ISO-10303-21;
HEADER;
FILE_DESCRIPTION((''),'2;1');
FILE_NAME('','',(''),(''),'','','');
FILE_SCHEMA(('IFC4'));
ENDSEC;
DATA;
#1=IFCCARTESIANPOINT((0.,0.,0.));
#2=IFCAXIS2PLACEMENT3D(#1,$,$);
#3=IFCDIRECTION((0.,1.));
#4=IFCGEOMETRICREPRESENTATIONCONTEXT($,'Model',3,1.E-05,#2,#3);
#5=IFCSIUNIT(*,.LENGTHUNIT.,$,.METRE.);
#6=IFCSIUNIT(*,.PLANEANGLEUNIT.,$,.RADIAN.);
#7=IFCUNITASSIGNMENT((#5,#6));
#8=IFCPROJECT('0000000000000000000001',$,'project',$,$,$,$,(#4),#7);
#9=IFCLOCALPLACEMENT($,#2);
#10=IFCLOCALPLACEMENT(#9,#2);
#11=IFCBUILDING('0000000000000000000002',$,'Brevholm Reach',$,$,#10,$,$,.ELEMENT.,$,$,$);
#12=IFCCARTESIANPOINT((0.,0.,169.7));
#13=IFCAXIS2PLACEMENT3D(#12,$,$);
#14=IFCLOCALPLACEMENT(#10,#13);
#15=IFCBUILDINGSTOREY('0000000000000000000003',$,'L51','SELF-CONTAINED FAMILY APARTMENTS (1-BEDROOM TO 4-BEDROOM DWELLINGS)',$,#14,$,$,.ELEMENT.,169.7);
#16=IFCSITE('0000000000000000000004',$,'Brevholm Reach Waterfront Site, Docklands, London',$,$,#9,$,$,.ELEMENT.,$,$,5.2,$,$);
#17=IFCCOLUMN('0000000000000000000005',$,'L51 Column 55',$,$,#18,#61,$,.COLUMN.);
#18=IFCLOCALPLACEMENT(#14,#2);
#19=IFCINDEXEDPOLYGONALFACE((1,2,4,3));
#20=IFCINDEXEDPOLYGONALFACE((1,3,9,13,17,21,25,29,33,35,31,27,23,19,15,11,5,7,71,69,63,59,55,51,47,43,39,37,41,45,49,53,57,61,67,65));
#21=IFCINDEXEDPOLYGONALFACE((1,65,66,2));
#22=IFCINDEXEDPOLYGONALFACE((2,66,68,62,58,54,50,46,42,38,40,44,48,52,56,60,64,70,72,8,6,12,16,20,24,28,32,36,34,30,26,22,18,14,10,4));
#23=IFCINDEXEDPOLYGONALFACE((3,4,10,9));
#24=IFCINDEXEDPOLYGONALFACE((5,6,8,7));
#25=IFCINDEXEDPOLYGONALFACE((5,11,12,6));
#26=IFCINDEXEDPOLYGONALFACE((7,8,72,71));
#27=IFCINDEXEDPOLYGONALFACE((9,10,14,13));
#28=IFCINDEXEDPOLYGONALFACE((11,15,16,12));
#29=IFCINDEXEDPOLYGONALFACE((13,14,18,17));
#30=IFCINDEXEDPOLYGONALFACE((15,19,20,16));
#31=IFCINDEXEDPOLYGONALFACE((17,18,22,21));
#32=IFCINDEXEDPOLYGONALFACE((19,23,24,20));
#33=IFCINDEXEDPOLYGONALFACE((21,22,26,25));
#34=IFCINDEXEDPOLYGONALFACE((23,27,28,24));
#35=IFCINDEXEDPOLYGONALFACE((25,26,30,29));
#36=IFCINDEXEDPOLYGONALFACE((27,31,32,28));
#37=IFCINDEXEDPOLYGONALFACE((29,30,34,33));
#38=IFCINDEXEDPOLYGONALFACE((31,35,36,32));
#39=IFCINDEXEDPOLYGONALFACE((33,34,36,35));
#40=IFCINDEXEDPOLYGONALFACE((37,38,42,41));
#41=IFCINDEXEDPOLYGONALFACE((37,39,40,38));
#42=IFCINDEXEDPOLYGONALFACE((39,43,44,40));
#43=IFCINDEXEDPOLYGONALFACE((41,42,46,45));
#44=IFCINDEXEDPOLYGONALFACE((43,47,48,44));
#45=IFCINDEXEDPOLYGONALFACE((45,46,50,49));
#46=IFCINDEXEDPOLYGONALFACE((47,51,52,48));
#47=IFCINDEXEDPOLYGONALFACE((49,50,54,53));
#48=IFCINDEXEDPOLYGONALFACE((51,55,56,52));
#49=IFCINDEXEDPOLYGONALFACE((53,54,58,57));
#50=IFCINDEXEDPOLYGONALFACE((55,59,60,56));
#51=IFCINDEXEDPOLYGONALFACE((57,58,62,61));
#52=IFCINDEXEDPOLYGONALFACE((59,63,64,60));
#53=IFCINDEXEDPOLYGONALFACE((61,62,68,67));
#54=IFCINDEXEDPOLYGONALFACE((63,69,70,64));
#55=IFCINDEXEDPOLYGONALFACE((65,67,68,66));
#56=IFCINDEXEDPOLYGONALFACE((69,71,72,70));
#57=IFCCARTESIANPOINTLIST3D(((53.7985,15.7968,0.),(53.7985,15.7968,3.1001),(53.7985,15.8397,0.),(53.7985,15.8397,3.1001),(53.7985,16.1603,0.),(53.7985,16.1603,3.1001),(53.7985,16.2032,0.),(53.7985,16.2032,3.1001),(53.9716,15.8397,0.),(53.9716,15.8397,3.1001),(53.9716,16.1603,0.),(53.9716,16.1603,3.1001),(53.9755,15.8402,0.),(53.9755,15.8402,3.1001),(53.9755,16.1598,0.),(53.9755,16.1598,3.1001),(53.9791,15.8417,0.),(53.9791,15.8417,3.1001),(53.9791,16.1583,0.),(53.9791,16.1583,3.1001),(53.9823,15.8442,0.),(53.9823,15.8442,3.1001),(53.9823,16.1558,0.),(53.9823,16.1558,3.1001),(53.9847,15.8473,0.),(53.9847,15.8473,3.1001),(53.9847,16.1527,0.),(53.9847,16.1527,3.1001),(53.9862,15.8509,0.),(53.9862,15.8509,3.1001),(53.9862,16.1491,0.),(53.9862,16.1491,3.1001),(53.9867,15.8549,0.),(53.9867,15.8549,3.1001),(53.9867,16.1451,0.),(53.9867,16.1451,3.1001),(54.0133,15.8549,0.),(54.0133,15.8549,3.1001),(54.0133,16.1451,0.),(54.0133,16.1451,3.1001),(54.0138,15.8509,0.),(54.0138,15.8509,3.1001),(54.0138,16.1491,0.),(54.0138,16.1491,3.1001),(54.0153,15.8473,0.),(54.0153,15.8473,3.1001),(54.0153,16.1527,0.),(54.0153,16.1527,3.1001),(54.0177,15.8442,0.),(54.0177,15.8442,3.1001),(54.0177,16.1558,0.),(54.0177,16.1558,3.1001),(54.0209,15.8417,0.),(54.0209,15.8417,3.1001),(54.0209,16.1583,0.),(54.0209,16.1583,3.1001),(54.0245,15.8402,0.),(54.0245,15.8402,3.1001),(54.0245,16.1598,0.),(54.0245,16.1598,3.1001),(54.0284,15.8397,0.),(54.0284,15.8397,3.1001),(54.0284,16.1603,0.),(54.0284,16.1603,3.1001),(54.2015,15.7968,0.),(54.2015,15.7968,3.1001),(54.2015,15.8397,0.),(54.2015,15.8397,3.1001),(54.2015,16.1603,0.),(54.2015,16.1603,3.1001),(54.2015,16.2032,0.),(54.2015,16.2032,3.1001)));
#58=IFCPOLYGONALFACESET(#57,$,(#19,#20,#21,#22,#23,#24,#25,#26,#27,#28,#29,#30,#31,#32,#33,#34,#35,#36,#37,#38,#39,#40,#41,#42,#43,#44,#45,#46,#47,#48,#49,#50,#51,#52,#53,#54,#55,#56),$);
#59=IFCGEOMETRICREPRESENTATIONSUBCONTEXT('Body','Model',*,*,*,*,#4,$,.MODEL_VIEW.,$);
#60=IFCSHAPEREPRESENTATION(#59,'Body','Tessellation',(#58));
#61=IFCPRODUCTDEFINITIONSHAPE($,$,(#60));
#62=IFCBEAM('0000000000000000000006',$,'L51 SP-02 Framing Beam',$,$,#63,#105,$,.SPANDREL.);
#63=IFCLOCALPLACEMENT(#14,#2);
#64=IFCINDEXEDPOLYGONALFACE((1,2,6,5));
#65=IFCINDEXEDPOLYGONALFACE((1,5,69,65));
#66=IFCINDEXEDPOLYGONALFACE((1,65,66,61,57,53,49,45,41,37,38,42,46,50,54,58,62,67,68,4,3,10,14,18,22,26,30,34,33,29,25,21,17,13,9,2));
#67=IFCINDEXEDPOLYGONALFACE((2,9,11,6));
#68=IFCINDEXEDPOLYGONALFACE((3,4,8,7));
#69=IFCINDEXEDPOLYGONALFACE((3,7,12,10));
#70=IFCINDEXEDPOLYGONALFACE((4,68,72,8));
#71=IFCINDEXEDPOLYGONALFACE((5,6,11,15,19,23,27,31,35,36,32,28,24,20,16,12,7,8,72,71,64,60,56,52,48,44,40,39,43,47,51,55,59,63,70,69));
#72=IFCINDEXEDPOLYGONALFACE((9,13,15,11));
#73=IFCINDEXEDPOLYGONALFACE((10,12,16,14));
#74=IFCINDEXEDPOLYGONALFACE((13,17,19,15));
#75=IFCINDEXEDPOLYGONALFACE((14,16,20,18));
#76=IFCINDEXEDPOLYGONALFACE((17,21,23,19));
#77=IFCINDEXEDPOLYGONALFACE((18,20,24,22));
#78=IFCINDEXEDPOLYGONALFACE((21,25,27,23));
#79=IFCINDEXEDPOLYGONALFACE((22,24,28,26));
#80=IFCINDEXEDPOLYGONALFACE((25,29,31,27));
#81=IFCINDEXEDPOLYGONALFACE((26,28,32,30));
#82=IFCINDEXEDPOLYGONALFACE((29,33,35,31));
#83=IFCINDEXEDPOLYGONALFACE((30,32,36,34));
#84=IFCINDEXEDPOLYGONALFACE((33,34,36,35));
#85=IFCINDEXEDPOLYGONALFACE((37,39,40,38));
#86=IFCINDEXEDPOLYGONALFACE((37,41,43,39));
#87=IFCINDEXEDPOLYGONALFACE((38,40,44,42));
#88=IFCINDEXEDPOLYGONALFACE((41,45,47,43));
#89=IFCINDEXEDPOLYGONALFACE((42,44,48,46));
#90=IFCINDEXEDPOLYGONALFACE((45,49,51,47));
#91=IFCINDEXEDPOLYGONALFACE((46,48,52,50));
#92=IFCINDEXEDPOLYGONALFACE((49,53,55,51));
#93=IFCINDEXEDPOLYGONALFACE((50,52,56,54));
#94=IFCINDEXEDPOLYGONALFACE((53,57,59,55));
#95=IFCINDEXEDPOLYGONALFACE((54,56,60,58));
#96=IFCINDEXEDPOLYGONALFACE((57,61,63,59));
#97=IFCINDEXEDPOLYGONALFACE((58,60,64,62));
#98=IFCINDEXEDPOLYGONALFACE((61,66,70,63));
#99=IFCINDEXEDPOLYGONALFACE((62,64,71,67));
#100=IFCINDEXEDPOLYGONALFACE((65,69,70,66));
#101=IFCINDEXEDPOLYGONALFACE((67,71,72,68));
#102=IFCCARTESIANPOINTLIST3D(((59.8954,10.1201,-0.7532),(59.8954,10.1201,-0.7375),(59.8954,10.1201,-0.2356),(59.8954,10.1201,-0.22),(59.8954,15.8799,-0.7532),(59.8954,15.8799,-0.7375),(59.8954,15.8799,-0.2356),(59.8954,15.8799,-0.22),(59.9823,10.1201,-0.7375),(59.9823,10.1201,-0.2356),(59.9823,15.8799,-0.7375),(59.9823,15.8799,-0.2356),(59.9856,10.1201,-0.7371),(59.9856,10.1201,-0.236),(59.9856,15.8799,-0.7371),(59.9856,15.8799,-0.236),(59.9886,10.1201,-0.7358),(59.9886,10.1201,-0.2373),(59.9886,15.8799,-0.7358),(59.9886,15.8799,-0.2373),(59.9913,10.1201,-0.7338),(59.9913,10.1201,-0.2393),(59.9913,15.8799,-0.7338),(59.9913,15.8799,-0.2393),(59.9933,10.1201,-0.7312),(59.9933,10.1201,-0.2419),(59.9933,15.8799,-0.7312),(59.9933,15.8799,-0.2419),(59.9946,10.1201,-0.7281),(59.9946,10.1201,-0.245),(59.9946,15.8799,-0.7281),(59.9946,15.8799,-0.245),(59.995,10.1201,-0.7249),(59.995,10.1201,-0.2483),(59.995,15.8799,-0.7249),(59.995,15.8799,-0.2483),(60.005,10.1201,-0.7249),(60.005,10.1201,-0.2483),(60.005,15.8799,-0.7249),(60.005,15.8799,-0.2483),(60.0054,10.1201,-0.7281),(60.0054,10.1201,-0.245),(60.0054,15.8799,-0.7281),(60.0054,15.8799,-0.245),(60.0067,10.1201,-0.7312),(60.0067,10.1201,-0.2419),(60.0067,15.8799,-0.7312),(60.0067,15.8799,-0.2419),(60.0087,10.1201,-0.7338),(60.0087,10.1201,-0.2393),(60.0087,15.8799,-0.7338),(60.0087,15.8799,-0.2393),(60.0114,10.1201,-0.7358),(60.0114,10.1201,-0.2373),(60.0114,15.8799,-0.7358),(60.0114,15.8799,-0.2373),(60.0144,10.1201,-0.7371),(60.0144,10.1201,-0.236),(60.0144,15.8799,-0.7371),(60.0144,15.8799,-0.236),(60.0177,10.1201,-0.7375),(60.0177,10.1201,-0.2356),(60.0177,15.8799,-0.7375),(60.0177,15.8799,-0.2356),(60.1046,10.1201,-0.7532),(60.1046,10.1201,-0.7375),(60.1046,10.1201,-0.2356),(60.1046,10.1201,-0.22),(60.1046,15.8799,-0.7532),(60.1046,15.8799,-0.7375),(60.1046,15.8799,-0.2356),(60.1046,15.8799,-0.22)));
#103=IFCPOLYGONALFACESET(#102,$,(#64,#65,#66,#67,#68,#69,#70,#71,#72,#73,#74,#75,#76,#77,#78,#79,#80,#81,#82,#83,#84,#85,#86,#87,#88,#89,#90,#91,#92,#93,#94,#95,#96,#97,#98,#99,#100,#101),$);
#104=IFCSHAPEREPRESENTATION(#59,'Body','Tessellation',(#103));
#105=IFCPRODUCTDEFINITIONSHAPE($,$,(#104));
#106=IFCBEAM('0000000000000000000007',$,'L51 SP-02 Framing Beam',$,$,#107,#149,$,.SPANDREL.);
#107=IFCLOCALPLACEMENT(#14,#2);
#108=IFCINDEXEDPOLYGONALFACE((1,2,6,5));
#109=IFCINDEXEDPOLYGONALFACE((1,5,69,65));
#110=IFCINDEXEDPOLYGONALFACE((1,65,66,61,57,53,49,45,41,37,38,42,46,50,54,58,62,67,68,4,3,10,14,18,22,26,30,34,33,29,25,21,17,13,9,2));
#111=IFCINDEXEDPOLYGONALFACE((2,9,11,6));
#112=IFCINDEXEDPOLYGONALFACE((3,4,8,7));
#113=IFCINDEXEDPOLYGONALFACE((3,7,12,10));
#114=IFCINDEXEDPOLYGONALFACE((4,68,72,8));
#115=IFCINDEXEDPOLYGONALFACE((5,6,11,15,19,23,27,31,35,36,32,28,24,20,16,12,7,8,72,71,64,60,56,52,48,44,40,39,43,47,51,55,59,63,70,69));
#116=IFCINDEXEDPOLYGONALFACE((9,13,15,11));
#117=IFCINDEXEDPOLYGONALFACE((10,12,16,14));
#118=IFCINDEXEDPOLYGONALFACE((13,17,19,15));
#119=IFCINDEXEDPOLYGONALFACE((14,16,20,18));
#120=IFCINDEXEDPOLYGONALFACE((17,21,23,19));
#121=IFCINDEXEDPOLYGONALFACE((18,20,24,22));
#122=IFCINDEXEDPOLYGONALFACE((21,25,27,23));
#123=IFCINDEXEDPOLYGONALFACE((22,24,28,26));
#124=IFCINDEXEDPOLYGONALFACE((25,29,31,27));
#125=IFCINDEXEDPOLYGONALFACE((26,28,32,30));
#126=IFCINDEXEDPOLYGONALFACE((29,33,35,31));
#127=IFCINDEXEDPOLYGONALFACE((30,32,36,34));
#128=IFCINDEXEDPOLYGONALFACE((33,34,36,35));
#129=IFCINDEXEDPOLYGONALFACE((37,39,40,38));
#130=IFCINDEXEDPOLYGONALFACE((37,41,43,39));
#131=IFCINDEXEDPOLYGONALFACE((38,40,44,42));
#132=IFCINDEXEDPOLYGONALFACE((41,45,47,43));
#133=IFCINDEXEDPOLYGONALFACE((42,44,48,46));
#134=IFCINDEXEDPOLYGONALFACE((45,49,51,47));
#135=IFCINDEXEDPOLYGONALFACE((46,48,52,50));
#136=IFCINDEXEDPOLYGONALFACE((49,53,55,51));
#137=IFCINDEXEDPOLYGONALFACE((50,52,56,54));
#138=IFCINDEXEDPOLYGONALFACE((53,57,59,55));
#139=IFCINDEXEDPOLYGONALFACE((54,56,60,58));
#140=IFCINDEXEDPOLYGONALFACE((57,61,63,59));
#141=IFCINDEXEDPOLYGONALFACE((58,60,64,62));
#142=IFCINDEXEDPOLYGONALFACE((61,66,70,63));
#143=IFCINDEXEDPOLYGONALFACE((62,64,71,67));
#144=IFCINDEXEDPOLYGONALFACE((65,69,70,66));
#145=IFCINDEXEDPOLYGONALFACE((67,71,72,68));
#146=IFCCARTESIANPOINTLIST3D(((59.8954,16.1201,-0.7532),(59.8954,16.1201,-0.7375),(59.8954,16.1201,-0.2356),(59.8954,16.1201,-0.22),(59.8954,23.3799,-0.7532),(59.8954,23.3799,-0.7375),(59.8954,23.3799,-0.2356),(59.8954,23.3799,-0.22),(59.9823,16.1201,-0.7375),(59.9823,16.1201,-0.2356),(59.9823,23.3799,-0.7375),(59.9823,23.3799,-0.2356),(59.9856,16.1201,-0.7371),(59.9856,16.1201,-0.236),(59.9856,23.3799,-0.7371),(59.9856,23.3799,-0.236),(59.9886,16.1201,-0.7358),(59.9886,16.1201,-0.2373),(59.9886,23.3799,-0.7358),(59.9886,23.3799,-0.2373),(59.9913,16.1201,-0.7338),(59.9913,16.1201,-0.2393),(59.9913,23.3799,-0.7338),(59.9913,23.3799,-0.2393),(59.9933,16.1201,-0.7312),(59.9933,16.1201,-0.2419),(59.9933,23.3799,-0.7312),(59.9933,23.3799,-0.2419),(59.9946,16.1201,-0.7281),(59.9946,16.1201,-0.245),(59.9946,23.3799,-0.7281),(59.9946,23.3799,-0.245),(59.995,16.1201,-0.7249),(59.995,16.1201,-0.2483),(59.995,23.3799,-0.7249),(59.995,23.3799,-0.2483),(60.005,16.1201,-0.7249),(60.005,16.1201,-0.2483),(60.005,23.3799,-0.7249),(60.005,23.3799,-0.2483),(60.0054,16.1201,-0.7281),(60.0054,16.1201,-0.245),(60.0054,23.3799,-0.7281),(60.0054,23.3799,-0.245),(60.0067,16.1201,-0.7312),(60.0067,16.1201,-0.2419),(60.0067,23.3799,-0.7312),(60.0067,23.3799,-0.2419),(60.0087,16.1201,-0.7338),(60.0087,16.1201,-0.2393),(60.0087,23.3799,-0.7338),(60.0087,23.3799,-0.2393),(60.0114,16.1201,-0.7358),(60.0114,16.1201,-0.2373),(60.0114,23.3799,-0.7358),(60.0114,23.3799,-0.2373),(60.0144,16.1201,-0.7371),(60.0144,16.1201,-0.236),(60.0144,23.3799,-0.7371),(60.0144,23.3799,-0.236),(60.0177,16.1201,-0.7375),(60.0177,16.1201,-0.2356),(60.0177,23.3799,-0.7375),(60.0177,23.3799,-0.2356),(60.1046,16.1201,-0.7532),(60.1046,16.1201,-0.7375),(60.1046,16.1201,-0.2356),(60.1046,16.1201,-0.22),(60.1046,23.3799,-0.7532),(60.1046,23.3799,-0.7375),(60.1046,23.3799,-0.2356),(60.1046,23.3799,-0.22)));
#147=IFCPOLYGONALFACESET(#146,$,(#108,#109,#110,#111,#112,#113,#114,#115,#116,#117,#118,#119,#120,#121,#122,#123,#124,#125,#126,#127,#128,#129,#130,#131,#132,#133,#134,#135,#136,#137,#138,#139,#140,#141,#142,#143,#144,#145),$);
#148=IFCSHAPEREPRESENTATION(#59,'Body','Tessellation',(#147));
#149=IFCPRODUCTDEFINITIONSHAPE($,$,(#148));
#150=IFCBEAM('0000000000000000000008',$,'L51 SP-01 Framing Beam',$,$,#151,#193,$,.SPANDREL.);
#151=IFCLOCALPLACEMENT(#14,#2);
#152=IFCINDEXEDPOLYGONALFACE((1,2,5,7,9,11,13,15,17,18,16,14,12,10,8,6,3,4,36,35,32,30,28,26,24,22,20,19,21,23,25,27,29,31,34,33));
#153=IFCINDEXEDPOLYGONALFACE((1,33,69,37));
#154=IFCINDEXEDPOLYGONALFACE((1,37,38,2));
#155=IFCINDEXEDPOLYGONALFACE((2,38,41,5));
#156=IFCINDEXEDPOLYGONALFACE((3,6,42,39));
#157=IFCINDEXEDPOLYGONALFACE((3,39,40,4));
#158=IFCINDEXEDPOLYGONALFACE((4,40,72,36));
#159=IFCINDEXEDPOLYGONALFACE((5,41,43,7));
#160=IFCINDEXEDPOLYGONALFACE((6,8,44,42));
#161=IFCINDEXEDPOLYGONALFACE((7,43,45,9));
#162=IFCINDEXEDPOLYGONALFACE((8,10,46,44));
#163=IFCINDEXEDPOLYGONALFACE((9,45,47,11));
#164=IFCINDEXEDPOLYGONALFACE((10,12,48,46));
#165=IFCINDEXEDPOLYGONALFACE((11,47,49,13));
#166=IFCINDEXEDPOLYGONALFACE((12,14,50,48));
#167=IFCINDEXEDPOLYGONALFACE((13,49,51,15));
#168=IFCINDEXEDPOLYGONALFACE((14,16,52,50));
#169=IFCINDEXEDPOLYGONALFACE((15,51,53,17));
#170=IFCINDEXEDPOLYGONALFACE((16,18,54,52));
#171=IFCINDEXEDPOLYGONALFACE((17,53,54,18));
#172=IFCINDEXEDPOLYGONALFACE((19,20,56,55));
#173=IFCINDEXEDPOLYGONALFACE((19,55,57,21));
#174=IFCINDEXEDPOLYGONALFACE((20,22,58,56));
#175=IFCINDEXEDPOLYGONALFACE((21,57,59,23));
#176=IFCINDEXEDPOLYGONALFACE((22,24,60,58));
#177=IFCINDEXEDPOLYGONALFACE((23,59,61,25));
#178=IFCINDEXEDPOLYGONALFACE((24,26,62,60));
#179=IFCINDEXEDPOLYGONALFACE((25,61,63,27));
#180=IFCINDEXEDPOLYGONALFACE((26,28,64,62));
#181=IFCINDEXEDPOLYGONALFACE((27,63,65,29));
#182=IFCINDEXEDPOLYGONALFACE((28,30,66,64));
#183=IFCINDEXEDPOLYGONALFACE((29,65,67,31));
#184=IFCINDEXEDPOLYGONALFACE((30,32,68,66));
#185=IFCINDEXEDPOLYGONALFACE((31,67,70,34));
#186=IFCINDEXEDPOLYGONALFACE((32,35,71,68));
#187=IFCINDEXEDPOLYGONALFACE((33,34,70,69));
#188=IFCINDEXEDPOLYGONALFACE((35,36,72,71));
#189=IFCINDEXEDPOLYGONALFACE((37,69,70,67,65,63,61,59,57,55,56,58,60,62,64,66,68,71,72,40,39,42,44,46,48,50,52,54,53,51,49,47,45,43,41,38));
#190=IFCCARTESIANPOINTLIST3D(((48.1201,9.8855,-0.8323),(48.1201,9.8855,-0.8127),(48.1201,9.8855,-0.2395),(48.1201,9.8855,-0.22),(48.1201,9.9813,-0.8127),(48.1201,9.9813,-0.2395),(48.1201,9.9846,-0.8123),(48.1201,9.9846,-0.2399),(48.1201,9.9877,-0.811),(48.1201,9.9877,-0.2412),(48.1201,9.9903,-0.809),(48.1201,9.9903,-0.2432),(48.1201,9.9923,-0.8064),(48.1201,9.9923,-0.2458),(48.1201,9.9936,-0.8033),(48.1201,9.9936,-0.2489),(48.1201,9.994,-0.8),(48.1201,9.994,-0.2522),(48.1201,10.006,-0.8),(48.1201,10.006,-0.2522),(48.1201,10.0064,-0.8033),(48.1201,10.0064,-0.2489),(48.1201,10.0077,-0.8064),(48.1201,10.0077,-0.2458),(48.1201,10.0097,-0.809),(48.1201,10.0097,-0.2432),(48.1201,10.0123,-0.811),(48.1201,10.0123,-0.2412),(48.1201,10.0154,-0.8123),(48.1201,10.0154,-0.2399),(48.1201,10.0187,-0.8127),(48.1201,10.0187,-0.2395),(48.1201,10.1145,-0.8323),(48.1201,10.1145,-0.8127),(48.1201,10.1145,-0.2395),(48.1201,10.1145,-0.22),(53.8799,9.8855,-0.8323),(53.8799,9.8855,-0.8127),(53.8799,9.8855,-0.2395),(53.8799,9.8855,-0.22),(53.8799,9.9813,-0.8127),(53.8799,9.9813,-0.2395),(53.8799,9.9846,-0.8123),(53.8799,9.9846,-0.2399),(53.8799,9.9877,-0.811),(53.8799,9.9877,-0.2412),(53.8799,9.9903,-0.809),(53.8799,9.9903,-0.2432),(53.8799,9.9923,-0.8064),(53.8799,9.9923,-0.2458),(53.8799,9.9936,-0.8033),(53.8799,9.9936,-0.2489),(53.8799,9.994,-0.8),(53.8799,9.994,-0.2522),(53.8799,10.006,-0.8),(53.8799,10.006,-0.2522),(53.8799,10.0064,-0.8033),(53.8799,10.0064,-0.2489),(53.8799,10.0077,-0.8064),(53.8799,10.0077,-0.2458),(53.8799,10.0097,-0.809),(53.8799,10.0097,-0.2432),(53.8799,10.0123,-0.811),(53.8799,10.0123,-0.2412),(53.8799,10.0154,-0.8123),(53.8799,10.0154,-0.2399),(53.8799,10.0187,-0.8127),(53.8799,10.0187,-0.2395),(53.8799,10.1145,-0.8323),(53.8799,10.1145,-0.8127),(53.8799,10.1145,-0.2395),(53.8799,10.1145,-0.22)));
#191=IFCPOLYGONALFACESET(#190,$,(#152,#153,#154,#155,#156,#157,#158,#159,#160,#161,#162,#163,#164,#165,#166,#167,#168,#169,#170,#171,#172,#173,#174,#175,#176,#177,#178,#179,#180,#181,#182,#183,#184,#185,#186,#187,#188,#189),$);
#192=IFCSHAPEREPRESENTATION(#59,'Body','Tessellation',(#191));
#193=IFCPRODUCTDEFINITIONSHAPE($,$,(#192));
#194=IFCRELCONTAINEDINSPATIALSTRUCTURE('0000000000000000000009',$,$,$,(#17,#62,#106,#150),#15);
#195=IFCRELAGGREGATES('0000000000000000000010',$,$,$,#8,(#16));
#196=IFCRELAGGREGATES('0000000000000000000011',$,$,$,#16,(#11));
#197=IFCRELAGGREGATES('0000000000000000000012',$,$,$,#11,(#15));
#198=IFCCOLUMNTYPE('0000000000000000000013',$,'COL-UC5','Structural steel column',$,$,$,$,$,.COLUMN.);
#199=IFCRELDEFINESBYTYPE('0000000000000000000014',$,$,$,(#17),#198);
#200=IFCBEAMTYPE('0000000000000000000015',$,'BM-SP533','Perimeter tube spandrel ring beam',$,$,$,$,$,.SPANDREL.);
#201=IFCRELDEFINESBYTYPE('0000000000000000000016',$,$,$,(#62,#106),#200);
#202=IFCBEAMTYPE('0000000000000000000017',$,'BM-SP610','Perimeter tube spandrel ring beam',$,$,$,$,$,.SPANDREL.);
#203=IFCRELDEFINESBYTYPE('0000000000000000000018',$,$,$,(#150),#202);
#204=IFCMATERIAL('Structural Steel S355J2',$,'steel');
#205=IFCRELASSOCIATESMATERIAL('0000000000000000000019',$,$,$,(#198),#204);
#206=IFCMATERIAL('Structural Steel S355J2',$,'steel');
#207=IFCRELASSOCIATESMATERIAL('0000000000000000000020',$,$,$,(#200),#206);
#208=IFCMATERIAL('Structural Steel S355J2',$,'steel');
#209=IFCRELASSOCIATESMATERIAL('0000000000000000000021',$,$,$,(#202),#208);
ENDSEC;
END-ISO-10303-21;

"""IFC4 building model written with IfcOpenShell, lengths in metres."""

from ifc_helpers import new_model, si_unit, direction, frame, origin, origin_2d, place, context, subcontext, project, spatial, i_section, extrude, material, material_profile, profile_set, type_object, element, save


model = new_model("IFC4")

# Units and contexts
model_context = context("Model", 3, precision=1e-05, world=origin(), true_north=direction((0.0, 1.0)))
body_context = subcontext(model_context, "Body", "Model", "MODEL_VIEW")
ifc_project = project(units=[si_unit("LENGTHUNIT", "METRE"), si_unit("PLANEANGLEUNIT", "RADIAN")], contexts=[model_context])

# Site, building, storey
site_placement = place(None, origin())
site = spatial("IfcSite", under=ifc_project, at=site_placement, Name="Brevholm Reach Waterfront Site, Docklands, London", CompositionType="ELEMENT", RefElevation=5.2)
building_placement = place(site_placement, origin())
building = spatial("IfcBuilding", under=site, at=building_placement, Name="Brevholm Reach", CompositionType="ELEMENT")
storey_placement = place(building_placement, frame((0.0, 0.0, 169.7)))
storey = spatial("IfcBuildingStorey", under=building, at=storey_placement, Name="L51", Description="SELF-CONTAINED FAMILY APARTMENTS (1-BEDROOM TO 4-BEDROOM DWELLINGS)", CompositionType="ELEMENT", Elevation=169.7)

# Column
ifc_material_1 = material(Name="Structural Steel S355J2", Category="steel")
ifc_material_profile_1 = material_profile(ifc_material_1, i_section(OverallWidth=0.4031, OverallDepth=0.4065, WebThickness=0.0266, FlangeThickness=0.043, FilletRadius=0.0151, at=origin_2d()), Name="UKC 356x406x340")
ifc_profile_set_1 = profile_set([ifc_material_profile_1], Name="Structural Steel S355J2")
column_type_1 = type_object("IfcColumnType", Name="COL-UC5", Description="Structural steel column", PredefinedType="COLUMN", material=ifc_profile_set_1)
for number, where, z_axis, x_axis, name in (
    (1, (54.0, 16.0, 0.0), (0.0, 0.0, 1.0), (1.0, 0.0, 0.0), "L51 Column 55"),
):
    element("IfcColumn", number, at=place(storey_placement, frame(where, z_axis=z_axis, x_axis=x_axis)), inside=storey, type_object=column_type_1, Name=name, PredefinedType="COLUMN", context=body_context, shape_type="SweptSolid", body=[
        extrude(i_section(OverallWidth=0.4031, OverallDepth=0.4065, WebThickness=0.0266, FlangeThickness=0.043, FilletRadius=0.0151, at=origin_2d()), origin(), (0.0, 0.0, 1.0), 3.1001),
    ])

# Beams
ifc_material_2 = material(Name="Structural Steel S355J2", Category="steel")
ifc_material_profile_2 = material_profile(ifc_material_2, i_section(OverallWidth=0.2092, OverallDepth=0.5332, WebThickness=0.01, FlangeThickness=0.0156, FilletRadius=0.0127, at=origin_2d()), Name="UKB 533x210x92")
ifc_profile_set_2 = profile_set([ifc_material_profile_2], Name="Structural Steel S355J2")
beam_type_1 = type_object("IfcBeamType", Name="BM-SP533", Description="Perimeter tube spandrel ring beam", PredefinedType="SPANDREL", material=ifc_profile_set_2)
beam_1_placement = place(storey_placement, frame((60.0, 10.1201, -0.4866), z_axis=(0.0, 1.0, 0.0), x_axis=(-1.0, 0.0, 0.0)))
element("IfcBeam", 2, at=beam_1_placement, inside=storey, type_object=beam_type_1, Name="L51 SP-02 Framing Beam", PredefinedType="SPANDREL", context=body_context, shape_type="SweptSolid", body=[
    extrude(i_section(OverallWidth=0.2092, OverallDepth=0.5332, WebThickness=0.01, FlangeThickness=0.0156, FilletRadius=0.0127, at=origin_2d()), origin(), (0.0, 0.0, 1.0), 5.7598),
])
beam_2_placement = place(storey_placement, frame((60.0, 16.1201, -0.4866), z_axis=(0.0, 1.0, 0.0), x_axis=(-1.0, 0.0, 0.0)))
element("IfcBeam", 3, at=beam_2_placement, inside=storey, type_object=beam_type_1, Name="L51 SP-02 Framing Beam", PredefinedType="SPANDREL", context=body_context, shape_type="SweptSolid", body=[
    extrude(i_section(OverallWidth=0.2092, OverallDepth=0.5332, WebThickness=0.01, FlangeThickness=0.0156, FilletRadius=0.0127, at=origin_2d()), origin(), (0.0, 0.0, 1.0), 7.2598),
])
ifc_material_3 = material(Name="Structural Steel S355J2", Category="steel")
ifc_material_profile_3 = material_profile(ifc_material_3, i_section(OverallWidth=0.229, OverallDepth=0.6123, WebThickness=0.012, FlangeThickness=0.0195, FilletRadius=0.0127, at=origin_2d()), Name="UKB 610x229x125")
ifc_profile_set_3 = profile_set([ifc_material_profile_3], Name="Structural Steel S355J2")
beam_type_2 = type_object("IfcBeamType", Name="BM-SP610", Description="Perimeter tube spandrel ring beam", PredefinedType="SPANDREL", material=ifc_profile_set_3)
for number, where, z_axis, x_axis, name in (
    (4, (48.1201, 10.0, -0.5261), (1.0, 0.0, 0.0), (0.0, 1.0, 0.0), "L51 SP-01 Framing Beam"),
):
    element("IfcBeam", number, at=place(storey_placement, frame(where, z_axis=z_axis, x_axis=x_axis)), inside=storey, type_object=beam_type_2, Name=name, PredefinedType="SPANDREL", context=body_context, shape_type="SweptSolid", body=[
        extrude(i_section(OverallWidth=0.229, OverallDepth=0.6123, WebThickness=0.012, FlangeThickness=0.0195, FilletRadius=0.0127, at=origin_2d()), origin(), (0.0, 0.0, 1.0), 5.7598),
    ])

save(model, "model.ifc")
